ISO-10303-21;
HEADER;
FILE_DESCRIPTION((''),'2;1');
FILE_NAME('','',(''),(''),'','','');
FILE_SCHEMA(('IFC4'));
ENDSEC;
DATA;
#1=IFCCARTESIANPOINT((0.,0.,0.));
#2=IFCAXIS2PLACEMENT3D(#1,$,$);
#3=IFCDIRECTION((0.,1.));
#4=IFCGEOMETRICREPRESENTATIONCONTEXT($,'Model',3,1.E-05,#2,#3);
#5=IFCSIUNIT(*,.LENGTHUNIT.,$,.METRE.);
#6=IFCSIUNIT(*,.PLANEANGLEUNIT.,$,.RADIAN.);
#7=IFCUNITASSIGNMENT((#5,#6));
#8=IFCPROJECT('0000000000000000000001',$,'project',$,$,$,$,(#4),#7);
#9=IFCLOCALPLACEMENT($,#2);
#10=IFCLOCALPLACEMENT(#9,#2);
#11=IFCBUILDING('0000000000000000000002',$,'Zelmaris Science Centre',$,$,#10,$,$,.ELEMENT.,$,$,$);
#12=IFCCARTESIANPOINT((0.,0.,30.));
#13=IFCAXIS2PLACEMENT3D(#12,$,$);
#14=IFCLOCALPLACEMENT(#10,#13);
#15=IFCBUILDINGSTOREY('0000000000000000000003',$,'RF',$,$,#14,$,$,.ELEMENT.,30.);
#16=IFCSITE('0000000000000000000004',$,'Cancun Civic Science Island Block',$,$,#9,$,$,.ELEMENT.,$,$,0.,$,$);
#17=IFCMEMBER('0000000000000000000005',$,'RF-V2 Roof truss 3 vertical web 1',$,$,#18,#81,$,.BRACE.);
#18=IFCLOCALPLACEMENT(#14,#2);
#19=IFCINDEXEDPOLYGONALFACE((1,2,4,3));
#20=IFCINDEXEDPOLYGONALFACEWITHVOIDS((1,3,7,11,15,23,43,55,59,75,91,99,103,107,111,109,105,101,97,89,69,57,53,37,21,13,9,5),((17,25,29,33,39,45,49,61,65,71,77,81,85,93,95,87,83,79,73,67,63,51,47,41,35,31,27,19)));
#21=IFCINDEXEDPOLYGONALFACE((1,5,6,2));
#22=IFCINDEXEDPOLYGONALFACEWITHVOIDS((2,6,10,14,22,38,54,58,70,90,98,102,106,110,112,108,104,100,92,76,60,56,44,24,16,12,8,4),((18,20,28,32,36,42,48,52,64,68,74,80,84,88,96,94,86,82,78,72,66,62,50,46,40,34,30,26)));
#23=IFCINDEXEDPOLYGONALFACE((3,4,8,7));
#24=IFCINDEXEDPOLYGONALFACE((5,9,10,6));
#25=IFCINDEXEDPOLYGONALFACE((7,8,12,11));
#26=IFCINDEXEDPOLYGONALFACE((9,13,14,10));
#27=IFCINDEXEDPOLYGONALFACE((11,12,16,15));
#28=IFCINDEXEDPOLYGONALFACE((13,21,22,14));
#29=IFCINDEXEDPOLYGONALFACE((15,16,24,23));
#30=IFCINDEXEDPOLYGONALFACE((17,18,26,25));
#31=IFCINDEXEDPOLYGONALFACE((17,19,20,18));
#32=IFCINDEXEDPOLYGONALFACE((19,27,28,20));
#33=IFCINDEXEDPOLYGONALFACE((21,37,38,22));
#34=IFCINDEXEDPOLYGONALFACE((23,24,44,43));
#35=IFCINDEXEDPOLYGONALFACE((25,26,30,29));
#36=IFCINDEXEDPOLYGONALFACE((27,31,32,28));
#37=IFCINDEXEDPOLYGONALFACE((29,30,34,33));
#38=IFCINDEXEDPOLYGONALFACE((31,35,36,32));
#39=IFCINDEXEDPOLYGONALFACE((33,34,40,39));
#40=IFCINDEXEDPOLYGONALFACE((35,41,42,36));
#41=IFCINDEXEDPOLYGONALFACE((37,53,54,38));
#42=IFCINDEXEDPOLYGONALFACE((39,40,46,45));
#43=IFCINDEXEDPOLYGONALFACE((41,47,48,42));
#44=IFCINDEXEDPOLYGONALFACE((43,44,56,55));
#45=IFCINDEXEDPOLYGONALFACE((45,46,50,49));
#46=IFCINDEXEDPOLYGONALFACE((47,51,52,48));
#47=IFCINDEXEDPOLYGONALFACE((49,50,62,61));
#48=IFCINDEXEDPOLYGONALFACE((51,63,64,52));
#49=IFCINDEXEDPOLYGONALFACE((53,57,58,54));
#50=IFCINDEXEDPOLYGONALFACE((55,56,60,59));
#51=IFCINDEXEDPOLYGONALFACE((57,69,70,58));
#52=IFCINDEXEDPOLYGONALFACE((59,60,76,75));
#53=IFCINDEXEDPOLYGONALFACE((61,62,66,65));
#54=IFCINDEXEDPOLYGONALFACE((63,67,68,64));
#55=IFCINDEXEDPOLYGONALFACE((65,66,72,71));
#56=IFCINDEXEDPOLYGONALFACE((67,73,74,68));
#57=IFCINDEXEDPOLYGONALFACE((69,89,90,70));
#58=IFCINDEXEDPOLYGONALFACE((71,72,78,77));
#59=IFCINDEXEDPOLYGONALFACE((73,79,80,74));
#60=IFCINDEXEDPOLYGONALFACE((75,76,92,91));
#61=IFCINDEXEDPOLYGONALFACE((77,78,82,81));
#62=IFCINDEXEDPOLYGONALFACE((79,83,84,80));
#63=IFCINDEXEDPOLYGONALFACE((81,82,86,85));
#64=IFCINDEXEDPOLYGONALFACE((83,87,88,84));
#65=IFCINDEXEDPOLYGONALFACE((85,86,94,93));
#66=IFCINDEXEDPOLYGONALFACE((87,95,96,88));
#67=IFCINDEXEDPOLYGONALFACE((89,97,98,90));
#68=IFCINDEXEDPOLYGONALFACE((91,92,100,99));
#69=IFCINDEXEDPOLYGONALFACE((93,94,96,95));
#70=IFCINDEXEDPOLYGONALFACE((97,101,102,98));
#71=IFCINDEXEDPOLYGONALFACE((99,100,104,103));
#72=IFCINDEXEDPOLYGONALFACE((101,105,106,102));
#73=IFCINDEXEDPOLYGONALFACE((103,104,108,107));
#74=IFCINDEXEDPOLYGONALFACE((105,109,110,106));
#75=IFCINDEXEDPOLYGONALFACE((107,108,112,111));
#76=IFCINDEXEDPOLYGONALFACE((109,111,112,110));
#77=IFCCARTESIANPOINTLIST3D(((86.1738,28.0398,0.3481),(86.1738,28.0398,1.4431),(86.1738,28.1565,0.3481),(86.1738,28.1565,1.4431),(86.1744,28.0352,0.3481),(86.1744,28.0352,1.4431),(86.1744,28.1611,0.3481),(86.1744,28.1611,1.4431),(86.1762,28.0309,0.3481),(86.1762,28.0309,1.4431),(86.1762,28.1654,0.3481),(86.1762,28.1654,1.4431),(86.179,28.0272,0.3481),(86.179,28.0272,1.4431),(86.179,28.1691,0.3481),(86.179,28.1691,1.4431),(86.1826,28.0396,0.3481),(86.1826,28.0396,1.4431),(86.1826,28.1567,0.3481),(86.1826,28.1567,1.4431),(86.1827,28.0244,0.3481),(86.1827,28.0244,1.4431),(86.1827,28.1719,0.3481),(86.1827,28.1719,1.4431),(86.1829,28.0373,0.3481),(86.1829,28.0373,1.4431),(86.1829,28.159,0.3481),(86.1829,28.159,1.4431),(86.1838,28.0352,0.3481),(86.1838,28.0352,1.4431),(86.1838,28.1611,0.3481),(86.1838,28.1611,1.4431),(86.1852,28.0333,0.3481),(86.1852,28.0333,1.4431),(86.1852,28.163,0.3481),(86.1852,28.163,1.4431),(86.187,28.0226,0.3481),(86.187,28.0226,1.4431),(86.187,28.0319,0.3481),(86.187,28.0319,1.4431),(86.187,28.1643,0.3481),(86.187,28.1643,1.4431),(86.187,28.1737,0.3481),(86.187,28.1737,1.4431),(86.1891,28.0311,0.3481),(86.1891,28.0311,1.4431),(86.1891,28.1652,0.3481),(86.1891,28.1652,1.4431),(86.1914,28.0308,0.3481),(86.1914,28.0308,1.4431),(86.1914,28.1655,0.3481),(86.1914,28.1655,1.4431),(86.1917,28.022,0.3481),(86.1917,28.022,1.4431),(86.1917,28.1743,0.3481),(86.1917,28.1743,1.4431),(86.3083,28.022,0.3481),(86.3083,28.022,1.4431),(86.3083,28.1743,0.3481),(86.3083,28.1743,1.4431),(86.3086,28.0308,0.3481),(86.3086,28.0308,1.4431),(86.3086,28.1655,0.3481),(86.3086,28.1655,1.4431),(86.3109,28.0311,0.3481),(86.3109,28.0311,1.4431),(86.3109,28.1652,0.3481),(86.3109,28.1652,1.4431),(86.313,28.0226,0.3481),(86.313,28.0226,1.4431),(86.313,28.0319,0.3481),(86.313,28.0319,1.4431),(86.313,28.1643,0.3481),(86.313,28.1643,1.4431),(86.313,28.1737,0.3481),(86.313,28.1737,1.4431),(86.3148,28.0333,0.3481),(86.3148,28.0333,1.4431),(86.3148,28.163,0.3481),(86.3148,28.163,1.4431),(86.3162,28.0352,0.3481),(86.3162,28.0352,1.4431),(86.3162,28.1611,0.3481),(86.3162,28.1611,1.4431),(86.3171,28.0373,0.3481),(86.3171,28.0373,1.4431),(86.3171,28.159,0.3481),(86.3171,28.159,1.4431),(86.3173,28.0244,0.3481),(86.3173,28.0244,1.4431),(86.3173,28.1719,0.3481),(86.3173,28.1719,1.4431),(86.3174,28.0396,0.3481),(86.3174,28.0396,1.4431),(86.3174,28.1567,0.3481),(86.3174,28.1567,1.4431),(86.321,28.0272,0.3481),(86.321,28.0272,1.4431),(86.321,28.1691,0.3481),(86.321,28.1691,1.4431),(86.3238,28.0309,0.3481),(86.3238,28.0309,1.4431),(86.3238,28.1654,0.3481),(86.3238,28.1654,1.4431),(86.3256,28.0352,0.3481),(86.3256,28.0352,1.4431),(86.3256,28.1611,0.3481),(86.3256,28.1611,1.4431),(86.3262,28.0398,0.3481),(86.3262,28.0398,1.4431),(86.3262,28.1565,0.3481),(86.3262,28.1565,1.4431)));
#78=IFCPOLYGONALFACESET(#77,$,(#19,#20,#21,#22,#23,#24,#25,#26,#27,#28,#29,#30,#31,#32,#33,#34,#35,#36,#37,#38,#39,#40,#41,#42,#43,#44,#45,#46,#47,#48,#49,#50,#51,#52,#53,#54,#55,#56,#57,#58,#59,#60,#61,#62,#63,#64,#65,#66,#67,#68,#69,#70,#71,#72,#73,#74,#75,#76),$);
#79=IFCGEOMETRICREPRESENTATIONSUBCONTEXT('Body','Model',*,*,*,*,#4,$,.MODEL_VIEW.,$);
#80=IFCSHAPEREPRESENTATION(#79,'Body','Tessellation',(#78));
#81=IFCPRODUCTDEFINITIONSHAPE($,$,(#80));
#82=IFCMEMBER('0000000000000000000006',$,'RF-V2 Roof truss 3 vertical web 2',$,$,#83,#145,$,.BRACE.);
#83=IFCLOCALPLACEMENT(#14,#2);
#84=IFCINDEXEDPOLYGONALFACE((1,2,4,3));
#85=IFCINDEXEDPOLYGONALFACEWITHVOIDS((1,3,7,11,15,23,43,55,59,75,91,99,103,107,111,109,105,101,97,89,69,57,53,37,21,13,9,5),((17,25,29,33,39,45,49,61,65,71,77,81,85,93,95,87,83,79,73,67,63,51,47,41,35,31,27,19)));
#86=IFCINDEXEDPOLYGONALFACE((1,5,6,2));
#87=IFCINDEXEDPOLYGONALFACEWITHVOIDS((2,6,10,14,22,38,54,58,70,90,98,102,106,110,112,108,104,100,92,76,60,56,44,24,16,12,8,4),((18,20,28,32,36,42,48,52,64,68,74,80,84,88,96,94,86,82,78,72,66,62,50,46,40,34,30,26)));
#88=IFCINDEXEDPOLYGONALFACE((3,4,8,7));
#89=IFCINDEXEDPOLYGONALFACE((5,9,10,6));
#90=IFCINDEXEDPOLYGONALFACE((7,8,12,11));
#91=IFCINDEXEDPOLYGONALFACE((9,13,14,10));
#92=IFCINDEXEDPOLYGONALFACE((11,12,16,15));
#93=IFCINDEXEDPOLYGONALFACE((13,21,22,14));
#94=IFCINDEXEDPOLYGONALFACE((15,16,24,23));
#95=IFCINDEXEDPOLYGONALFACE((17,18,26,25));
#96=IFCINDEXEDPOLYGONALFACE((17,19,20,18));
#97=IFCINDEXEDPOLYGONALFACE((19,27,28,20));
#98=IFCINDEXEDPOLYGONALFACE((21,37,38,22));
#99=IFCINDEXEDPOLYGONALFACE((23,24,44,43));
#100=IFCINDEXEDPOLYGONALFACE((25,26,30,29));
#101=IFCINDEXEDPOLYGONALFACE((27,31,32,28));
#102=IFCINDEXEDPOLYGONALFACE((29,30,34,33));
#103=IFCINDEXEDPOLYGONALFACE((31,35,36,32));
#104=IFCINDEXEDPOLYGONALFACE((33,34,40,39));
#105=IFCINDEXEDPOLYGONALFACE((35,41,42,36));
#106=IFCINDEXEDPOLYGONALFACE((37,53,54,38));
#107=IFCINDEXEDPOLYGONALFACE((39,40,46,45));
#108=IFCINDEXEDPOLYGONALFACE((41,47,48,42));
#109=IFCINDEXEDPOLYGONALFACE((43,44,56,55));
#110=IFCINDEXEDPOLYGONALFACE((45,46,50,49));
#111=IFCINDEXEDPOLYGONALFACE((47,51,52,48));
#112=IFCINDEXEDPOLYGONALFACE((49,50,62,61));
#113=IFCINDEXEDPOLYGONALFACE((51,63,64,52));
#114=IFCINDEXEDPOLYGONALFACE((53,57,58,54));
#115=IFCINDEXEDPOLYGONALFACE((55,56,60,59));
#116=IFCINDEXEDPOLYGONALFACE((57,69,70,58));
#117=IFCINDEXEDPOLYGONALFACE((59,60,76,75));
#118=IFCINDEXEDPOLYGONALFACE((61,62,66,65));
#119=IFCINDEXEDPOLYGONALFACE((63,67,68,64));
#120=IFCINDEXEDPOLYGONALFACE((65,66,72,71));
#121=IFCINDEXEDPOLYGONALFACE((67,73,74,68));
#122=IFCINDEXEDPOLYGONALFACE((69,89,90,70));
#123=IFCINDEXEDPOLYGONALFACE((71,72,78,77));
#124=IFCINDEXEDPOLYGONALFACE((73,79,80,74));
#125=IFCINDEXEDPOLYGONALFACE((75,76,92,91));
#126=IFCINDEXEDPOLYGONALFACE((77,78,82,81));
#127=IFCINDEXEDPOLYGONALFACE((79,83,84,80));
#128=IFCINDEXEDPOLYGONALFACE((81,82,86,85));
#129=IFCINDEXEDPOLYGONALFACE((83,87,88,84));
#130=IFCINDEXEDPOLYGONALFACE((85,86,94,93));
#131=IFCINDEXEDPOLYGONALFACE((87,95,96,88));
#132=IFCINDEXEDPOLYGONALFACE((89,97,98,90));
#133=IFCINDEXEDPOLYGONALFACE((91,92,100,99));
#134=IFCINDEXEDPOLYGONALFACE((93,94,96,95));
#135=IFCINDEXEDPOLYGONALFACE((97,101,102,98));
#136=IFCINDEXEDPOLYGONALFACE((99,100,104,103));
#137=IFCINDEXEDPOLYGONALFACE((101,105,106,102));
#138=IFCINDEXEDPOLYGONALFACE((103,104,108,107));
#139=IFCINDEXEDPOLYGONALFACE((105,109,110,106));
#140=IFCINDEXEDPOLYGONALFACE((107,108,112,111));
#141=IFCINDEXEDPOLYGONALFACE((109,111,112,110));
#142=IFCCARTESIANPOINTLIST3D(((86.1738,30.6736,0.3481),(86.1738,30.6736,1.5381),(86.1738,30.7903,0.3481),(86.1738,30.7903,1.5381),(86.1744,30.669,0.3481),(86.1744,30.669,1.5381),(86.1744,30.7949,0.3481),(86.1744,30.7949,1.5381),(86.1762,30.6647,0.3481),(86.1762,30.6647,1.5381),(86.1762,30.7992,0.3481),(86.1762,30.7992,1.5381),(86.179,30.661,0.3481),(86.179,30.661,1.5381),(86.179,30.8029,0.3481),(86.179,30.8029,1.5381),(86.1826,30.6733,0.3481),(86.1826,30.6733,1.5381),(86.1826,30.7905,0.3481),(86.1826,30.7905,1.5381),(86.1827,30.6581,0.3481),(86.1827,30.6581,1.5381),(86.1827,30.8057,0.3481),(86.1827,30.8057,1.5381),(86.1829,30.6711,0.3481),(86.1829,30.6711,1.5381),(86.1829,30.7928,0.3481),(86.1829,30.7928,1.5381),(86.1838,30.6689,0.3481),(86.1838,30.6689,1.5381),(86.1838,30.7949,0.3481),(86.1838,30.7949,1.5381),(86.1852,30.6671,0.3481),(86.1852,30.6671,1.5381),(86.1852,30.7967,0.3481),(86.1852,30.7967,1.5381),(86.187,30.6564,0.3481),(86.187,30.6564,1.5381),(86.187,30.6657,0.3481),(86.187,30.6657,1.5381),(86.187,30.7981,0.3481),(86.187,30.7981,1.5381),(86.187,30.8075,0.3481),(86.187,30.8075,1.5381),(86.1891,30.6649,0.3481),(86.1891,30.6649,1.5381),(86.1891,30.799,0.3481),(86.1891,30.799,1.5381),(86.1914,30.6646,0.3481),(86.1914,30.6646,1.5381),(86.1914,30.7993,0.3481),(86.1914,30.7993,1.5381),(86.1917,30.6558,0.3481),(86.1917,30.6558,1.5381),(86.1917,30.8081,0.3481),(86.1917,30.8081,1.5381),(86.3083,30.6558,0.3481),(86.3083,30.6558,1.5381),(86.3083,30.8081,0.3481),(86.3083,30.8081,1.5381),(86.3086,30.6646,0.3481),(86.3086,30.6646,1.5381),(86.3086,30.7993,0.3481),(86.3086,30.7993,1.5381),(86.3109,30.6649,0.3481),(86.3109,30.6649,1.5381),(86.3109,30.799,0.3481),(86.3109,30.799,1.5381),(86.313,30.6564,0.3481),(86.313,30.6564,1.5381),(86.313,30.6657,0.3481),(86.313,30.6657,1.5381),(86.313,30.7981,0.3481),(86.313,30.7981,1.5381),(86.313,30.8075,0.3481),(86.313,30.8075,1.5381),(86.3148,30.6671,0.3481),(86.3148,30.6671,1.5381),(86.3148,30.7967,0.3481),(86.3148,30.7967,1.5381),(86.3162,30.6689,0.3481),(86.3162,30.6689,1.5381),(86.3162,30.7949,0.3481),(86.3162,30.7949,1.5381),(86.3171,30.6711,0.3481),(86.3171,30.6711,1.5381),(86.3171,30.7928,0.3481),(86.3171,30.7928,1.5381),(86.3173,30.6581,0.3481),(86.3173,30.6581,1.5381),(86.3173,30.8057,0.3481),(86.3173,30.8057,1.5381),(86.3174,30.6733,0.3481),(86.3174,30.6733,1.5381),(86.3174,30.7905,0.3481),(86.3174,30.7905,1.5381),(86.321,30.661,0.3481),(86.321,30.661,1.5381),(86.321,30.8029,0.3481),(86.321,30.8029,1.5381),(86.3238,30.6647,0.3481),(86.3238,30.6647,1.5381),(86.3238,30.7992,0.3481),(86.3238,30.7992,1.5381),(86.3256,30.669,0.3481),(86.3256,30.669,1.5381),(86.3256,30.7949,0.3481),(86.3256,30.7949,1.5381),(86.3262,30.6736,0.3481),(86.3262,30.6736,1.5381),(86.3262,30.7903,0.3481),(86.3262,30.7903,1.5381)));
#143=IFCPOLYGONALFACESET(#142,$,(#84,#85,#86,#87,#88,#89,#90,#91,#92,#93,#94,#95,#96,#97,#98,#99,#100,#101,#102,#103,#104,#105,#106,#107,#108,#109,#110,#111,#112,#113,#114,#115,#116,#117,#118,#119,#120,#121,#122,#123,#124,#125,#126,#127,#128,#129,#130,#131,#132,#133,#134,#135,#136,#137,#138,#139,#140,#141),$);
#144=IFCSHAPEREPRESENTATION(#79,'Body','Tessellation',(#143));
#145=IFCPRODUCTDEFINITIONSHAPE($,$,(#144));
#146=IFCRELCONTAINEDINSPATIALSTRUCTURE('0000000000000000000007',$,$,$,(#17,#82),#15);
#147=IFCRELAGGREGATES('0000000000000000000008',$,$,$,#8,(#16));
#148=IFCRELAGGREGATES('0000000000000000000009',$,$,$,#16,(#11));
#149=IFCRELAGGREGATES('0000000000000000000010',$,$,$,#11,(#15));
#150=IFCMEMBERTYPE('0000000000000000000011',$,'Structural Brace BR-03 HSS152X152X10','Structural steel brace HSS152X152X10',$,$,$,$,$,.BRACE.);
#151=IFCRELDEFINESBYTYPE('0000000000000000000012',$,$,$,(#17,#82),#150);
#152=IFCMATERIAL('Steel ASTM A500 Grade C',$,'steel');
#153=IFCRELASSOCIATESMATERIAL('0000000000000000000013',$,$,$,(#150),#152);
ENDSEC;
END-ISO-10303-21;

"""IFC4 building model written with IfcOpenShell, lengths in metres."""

from ifc_helpers import new_model, si_unit, direction, frame, origin, origin_2d, place, context, subcontext, project, spatial, hollow_rectangle, extrude, material, material_profile, profile_set, type_object, element, save


model = new_model("IFC4")

# Units and contexts
model_context = context("Model", 3, precision=1e-05, world=origin(), true_north=direction((0.0, 1.0)))
body_context = subcontext(model_context, "Body", "Model", "MODEL_VIEW")
ifc_project = project(units=[si_unit("LENGTHUNIT", "METRE"), si_unit("PLANEANGLEUNIT", "RADIAN")], contexts=[model_context])

# Site, building, storey
site_placement = place(None, origin())
site = spatial("IfcSite", under=ifc_project, at=site_placement, Name="Cancun Civic Science Island Block", CompositionType="ELEMENT", RefElevation=0.0)
building_placement = place(site_placement, origin())
building = spatial("IfcBuilding", under=site, at=building_placement, Name="Zelmaris Science Centre", CompositionType="ELEMENT")
storey_placement = place(building_placement, frame((0.0, 0.0, 30.0)))
storey = spatial("IfcBuildingStorey", under=building, at=storey_placement, Name="RF", CompositionType="ELEMENT", Elevation=30.0)

# Shared definitions
ifc_material_1 = material(Name="Steel ASTM A500 Grade C", Category="steel")

# Members
ifc_material_profile_1 = material_profile(ifc_material_1, hollow_rectangle(XDim=0.1523, YDim=0.1523, WallThickness=0.0088, InnerFilletRadius=0.0088, OuterFilletRadius=0.0178, at=origin_2d()), Name="HSS152X152X10")
ifc_profile_set_1 = profile_set([ifc_material_profile_1], Name="Steel ASTM A500 Grade C")
member_type_1 = type_object("IfcMemberType", Name="Structural Brace BR-03 HSS152X152X10", Description="Structural steel brace HSS152X152X10", PredefinedType="BRACE", material=ifc_profile_set_1)
member_1_placement = place(storey_placement, frame((86.25, 28.0981, 0.3481), z_axis=(0.0, 0.0, 1.0), x_axis=(1.0, 0.0, 0.0)))
element("IfcMember", 1, at=member_1_placement, inside=storey, type_object=member_type_1, Name="RF-V2 Roof truss 3 vertical web 1", PredefinedType="BRACE", context=body_context, shape_type="SweptSolid", body=[
    extrude(hollow_rectangle(XDim=0.1523, YDim=0.1523, WallThickness=0.0088, InnerFilletRadius=0.0088, OuterFilletRadius=0.0178, at=origin_2d()), origin(), (0.0, 0.0, 1.0), 1.095),
])
member_2_placement = place(storey_placement, frame((86.25, 30.7319, 0.3481), z_axis=(0.0, 0.0, 1.0), x_axis=(1.0, 0.0, 0.0)))
element("IfcMember", 2, at=member_2_placement, inside=storey, type_object=member_type_1, Name="RF-V2 Roof truss 3 vertical web 2", PredefinedType="BRACE", context=body_context, shape_type="SweptSolid", body=[
    extrude(hollow_rectangle(XDim=0.1523, YDim=0.1523, WallThickness=0.0088, InnerFilletRadius=0.0088, OuterFilletRadius=0.0178, at=origin_2d()), origin(), (0.0, 0.0, 1.0), 1.1899),
])

save(model, "model.ifc")
